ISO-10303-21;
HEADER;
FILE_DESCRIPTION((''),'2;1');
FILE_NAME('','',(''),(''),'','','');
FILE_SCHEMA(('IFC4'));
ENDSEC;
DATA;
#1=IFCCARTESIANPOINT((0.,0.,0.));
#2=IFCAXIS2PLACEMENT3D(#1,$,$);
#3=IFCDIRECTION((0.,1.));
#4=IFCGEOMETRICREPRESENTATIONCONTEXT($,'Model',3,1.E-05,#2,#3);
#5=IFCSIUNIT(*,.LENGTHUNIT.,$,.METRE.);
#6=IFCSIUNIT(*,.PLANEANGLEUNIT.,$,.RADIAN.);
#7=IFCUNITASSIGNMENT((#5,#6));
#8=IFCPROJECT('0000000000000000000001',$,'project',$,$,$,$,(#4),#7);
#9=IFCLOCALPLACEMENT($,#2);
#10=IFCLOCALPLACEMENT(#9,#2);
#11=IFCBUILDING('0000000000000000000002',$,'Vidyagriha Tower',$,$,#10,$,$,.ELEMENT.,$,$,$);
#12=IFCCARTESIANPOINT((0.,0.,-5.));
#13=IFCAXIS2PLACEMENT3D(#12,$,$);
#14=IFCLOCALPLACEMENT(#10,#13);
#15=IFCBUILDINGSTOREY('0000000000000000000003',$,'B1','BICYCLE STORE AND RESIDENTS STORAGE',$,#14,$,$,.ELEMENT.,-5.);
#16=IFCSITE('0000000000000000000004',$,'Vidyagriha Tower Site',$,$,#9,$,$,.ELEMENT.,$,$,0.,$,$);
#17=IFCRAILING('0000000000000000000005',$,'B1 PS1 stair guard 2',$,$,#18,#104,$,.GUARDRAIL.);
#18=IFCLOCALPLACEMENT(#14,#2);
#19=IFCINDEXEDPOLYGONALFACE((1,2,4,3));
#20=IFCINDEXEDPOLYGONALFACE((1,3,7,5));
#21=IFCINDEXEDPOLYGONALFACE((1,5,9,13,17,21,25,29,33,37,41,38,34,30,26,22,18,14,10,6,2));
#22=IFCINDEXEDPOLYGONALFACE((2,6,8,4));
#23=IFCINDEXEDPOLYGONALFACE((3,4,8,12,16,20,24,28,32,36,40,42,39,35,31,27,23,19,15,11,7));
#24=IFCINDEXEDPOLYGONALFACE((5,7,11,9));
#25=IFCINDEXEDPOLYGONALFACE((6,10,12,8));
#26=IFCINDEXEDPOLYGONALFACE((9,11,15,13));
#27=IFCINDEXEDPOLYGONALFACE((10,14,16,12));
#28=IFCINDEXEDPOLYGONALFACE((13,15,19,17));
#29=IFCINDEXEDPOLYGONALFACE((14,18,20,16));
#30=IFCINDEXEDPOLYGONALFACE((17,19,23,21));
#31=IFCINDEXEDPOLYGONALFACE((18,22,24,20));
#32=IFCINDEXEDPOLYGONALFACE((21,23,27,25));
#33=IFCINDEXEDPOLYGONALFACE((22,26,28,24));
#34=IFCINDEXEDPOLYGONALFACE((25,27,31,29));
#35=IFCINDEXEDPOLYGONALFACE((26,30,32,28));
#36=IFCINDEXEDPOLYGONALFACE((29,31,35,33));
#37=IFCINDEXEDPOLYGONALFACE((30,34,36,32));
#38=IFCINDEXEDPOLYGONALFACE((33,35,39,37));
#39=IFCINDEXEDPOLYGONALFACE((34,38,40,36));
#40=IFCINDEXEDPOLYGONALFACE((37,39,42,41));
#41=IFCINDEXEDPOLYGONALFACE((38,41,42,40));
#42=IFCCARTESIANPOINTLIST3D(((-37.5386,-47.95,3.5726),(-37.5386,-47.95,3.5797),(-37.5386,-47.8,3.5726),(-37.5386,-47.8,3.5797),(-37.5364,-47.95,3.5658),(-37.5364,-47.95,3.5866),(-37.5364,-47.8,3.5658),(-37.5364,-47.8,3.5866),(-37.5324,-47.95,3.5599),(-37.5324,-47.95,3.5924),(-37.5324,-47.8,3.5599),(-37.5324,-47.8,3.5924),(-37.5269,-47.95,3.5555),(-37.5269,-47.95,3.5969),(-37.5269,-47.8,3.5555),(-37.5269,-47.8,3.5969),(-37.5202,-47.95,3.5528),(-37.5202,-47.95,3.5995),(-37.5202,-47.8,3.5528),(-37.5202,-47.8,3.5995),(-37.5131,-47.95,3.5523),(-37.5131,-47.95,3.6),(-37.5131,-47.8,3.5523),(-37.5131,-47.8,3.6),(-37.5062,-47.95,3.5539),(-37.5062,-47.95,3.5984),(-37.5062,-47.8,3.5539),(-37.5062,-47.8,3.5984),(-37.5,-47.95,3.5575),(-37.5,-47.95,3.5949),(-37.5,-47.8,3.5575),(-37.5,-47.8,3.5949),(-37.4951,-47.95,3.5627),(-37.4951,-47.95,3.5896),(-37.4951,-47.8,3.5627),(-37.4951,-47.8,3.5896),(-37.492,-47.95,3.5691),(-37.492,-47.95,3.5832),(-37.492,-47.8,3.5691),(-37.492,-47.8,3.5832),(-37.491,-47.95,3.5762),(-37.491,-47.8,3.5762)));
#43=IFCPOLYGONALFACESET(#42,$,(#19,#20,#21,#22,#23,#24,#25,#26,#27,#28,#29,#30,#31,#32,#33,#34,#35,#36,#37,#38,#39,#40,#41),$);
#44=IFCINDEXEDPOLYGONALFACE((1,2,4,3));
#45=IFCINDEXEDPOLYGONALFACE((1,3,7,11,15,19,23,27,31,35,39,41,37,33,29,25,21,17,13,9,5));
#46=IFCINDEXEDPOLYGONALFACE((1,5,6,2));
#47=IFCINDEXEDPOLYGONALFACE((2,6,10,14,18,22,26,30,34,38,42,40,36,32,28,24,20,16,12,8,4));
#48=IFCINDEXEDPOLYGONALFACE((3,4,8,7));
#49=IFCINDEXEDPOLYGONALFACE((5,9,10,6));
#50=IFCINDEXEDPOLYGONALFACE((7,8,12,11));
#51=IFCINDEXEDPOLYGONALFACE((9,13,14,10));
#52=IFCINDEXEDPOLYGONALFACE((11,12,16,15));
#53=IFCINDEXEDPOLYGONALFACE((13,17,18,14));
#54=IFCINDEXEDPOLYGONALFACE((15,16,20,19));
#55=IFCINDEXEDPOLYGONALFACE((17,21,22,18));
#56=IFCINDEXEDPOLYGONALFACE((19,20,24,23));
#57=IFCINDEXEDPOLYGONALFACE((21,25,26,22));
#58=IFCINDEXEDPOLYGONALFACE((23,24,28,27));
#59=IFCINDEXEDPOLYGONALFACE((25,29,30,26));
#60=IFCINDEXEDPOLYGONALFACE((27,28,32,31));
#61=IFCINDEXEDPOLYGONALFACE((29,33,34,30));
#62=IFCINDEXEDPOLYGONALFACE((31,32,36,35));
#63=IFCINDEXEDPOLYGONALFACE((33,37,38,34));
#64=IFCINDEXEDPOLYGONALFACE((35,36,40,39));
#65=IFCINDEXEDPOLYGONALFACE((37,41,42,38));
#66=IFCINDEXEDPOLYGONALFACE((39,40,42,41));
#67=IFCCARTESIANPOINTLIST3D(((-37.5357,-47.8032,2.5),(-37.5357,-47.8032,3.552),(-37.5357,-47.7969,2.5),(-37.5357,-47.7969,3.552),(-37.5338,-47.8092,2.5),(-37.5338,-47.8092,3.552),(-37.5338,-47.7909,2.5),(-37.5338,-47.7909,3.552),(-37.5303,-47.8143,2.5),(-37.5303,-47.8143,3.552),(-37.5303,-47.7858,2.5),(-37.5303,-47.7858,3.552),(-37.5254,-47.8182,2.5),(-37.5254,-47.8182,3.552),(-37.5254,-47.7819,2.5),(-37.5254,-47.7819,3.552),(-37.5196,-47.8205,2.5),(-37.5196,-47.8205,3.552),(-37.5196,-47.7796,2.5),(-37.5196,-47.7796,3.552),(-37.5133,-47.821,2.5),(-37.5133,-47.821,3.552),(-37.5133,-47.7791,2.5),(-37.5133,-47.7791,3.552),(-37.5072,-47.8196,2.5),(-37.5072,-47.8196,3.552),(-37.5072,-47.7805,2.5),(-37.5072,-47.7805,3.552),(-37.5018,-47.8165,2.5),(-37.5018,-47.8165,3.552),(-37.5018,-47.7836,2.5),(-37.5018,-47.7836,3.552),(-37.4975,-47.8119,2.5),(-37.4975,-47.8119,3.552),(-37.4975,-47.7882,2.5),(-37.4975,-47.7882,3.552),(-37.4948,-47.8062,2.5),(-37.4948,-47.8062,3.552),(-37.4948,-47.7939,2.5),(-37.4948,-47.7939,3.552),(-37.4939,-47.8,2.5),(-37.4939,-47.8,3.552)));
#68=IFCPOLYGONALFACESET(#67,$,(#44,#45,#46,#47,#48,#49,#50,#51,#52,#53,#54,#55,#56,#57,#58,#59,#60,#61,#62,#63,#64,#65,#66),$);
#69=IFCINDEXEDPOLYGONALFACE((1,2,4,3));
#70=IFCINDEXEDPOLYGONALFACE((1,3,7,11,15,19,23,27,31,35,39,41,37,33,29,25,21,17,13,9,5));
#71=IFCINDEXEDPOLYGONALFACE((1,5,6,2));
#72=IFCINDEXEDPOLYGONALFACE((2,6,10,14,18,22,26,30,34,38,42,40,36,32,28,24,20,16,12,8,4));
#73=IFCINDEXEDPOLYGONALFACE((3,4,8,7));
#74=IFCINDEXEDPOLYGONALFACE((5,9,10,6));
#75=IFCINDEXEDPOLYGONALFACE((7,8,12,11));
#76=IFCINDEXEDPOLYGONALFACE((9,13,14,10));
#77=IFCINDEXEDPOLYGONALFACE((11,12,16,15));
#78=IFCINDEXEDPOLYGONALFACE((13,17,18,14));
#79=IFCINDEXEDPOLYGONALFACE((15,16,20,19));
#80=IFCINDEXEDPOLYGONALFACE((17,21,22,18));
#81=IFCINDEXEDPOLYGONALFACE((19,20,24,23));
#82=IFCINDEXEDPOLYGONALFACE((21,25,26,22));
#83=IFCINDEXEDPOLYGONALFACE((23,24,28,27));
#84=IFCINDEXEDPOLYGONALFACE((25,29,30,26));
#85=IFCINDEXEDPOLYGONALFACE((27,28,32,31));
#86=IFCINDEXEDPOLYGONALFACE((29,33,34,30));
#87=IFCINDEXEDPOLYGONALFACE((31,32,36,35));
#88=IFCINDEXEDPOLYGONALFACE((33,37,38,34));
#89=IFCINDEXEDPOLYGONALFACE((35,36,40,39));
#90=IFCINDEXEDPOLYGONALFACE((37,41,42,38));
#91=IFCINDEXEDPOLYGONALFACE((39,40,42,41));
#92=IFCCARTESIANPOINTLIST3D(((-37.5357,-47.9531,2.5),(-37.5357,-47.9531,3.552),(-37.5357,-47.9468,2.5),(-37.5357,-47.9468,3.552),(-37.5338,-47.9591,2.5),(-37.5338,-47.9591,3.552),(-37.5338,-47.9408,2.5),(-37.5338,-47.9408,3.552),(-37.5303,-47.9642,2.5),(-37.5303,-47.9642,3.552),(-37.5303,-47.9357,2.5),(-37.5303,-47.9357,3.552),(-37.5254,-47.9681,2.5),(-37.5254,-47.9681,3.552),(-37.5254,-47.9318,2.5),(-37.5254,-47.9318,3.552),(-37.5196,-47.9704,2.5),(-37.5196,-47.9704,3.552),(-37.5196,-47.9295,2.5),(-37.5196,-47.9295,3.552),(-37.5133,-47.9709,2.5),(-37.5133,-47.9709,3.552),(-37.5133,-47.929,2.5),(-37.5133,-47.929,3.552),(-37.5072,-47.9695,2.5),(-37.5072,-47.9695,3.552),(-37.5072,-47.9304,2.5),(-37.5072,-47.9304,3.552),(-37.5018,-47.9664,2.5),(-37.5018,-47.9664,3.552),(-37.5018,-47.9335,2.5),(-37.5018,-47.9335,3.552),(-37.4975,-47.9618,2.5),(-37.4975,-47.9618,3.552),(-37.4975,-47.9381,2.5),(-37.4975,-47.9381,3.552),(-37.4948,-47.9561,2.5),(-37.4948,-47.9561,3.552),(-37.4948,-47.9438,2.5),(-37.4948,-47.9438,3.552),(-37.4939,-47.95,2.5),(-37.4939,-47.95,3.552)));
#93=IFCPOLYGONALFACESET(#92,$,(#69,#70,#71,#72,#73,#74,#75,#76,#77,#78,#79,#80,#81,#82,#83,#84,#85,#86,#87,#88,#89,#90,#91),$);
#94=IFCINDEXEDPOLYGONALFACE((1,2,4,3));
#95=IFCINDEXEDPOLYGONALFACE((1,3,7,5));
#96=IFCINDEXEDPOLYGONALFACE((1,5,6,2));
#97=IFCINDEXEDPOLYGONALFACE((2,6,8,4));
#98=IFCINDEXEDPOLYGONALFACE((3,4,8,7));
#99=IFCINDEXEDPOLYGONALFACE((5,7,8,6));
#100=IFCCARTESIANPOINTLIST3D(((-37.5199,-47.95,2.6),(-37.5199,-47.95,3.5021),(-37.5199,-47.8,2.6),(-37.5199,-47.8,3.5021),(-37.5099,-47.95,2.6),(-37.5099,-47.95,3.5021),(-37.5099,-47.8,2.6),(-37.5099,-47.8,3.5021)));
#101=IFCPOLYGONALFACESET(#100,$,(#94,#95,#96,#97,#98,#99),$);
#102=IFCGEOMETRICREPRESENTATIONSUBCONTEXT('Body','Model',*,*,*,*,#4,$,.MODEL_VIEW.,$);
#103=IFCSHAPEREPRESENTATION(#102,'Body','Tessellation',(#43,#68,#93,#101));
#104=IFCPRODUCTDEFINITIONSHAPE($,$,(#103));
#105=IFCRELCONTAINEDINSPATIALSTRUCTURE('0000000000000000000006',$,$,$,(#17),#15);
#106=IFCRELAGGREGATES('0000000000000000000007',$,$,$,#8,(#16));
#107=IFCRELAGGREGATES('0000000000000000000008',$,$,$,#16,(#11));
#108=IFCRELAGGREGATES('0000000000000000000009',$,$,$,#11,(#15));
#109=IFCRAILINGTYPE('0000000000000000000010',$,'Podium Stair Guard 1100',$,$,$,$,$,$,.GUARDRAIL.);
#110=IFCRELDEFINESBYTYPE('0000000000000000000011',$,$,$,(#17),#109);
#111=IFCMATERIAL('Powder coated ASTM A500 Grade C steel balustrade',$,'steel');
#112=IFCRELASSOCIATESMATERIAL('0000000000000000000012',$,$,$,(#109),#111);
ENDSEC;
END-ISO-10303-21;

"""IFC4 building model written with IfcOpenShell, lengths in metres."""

from ifc_helpers import new_model, si_unit, direction, frame, origin, origin_2d, place, context, subcontext, project, spatial, rectangle, circle, extrude, material, type_object, element, save


model = new_model("IFC4")

# Units and contexts
model_context = context("Model", 3, precision=1e-05, world=origin(), true_north=direction((0.0, 1.0)))
body_context = subcontext(model_context, "Body", "Model", "MODEL_VIEW")
ifc_project = project(units=[si_unit("LENGTHUNIT", "METRE"), si_unit("PLANEANGLEUNIT", "RADIAN")], contexts=[model_context])

# Site, building, storey
site_placement = place(None, origin())
site = spatial("IfcSite", under=ifc_project, at=site_placement, Name="Vidyagriha Tower Site", CompositionType="ELEMENT", RefElevation=0.0)
building_placement = place(site_placement, origin())
building = spatial("IfcBuilding", under=site, at=building_placement, Name="Vidyagriha Tower", CompositionType="ELEMENT")
storey_placement = place(building_placement, frame((0.0, 0.0, -5.0)))
storey = spatial("IfcBuildingStorey", under=building, at=storey_placement, Name="B1", Description="BICYCLE STORE AND RESIDENTS STORAGE", CompositionType="ELEMENT", Elevation=-5.0)

# Railing
ifc_material_1 = material(Name="Powder coated ASTM A500 Grade C steel balustrade", Category="steel")
railing_type_1 = type_object("IfcRailingType", Name="Podium Stair Guard 1100", PredefinedType="GUARDRAIL", material=ifc_material_1)
railing_1_placement = place(storey_placement, frame((-37.5149, -47.8, 2.5)))
element("IfcRailing", 1, at=railing_1_placement, inside=storey, type_object=railing_type_1, Name="B1 PS1 stair guard 2", PredefinedType="GUARDRAIL", context=body_context, shape_type="SweptSolid", body=[
    extrude(circle(Radius=0.0239, at=origin_2d()), frame((0.0, 0.0, 1.0762), z_axis=(0.0, -1.0, 0.0), x_axis=(1.0, 0.0, 0.0)), (0.0, 0.0, 1.0), 0.1499),
    extrude(circle(Radius=0.021, at=origin_2d()), origin(), (0.0, 0.0, 1.0), 1.052),
    extrude(circle(Radius=0.021, at=origin_2d()), frame((0.0, -0.1499, 0.0)), (0.0, 0.0, 1.0), 1.052),
    extrude(rectangle(XDim=0.01, YDim=0.9021, at=origin_2d()), frame((0.0, 0.0, 0.551), z_axis=(0.0, -1.0, 0.0), x_axis=(1.0, 0.0, 0.0)), (0.0, 0.0, 1.0), 0.1499),
])

save(model, "model.ifc")
